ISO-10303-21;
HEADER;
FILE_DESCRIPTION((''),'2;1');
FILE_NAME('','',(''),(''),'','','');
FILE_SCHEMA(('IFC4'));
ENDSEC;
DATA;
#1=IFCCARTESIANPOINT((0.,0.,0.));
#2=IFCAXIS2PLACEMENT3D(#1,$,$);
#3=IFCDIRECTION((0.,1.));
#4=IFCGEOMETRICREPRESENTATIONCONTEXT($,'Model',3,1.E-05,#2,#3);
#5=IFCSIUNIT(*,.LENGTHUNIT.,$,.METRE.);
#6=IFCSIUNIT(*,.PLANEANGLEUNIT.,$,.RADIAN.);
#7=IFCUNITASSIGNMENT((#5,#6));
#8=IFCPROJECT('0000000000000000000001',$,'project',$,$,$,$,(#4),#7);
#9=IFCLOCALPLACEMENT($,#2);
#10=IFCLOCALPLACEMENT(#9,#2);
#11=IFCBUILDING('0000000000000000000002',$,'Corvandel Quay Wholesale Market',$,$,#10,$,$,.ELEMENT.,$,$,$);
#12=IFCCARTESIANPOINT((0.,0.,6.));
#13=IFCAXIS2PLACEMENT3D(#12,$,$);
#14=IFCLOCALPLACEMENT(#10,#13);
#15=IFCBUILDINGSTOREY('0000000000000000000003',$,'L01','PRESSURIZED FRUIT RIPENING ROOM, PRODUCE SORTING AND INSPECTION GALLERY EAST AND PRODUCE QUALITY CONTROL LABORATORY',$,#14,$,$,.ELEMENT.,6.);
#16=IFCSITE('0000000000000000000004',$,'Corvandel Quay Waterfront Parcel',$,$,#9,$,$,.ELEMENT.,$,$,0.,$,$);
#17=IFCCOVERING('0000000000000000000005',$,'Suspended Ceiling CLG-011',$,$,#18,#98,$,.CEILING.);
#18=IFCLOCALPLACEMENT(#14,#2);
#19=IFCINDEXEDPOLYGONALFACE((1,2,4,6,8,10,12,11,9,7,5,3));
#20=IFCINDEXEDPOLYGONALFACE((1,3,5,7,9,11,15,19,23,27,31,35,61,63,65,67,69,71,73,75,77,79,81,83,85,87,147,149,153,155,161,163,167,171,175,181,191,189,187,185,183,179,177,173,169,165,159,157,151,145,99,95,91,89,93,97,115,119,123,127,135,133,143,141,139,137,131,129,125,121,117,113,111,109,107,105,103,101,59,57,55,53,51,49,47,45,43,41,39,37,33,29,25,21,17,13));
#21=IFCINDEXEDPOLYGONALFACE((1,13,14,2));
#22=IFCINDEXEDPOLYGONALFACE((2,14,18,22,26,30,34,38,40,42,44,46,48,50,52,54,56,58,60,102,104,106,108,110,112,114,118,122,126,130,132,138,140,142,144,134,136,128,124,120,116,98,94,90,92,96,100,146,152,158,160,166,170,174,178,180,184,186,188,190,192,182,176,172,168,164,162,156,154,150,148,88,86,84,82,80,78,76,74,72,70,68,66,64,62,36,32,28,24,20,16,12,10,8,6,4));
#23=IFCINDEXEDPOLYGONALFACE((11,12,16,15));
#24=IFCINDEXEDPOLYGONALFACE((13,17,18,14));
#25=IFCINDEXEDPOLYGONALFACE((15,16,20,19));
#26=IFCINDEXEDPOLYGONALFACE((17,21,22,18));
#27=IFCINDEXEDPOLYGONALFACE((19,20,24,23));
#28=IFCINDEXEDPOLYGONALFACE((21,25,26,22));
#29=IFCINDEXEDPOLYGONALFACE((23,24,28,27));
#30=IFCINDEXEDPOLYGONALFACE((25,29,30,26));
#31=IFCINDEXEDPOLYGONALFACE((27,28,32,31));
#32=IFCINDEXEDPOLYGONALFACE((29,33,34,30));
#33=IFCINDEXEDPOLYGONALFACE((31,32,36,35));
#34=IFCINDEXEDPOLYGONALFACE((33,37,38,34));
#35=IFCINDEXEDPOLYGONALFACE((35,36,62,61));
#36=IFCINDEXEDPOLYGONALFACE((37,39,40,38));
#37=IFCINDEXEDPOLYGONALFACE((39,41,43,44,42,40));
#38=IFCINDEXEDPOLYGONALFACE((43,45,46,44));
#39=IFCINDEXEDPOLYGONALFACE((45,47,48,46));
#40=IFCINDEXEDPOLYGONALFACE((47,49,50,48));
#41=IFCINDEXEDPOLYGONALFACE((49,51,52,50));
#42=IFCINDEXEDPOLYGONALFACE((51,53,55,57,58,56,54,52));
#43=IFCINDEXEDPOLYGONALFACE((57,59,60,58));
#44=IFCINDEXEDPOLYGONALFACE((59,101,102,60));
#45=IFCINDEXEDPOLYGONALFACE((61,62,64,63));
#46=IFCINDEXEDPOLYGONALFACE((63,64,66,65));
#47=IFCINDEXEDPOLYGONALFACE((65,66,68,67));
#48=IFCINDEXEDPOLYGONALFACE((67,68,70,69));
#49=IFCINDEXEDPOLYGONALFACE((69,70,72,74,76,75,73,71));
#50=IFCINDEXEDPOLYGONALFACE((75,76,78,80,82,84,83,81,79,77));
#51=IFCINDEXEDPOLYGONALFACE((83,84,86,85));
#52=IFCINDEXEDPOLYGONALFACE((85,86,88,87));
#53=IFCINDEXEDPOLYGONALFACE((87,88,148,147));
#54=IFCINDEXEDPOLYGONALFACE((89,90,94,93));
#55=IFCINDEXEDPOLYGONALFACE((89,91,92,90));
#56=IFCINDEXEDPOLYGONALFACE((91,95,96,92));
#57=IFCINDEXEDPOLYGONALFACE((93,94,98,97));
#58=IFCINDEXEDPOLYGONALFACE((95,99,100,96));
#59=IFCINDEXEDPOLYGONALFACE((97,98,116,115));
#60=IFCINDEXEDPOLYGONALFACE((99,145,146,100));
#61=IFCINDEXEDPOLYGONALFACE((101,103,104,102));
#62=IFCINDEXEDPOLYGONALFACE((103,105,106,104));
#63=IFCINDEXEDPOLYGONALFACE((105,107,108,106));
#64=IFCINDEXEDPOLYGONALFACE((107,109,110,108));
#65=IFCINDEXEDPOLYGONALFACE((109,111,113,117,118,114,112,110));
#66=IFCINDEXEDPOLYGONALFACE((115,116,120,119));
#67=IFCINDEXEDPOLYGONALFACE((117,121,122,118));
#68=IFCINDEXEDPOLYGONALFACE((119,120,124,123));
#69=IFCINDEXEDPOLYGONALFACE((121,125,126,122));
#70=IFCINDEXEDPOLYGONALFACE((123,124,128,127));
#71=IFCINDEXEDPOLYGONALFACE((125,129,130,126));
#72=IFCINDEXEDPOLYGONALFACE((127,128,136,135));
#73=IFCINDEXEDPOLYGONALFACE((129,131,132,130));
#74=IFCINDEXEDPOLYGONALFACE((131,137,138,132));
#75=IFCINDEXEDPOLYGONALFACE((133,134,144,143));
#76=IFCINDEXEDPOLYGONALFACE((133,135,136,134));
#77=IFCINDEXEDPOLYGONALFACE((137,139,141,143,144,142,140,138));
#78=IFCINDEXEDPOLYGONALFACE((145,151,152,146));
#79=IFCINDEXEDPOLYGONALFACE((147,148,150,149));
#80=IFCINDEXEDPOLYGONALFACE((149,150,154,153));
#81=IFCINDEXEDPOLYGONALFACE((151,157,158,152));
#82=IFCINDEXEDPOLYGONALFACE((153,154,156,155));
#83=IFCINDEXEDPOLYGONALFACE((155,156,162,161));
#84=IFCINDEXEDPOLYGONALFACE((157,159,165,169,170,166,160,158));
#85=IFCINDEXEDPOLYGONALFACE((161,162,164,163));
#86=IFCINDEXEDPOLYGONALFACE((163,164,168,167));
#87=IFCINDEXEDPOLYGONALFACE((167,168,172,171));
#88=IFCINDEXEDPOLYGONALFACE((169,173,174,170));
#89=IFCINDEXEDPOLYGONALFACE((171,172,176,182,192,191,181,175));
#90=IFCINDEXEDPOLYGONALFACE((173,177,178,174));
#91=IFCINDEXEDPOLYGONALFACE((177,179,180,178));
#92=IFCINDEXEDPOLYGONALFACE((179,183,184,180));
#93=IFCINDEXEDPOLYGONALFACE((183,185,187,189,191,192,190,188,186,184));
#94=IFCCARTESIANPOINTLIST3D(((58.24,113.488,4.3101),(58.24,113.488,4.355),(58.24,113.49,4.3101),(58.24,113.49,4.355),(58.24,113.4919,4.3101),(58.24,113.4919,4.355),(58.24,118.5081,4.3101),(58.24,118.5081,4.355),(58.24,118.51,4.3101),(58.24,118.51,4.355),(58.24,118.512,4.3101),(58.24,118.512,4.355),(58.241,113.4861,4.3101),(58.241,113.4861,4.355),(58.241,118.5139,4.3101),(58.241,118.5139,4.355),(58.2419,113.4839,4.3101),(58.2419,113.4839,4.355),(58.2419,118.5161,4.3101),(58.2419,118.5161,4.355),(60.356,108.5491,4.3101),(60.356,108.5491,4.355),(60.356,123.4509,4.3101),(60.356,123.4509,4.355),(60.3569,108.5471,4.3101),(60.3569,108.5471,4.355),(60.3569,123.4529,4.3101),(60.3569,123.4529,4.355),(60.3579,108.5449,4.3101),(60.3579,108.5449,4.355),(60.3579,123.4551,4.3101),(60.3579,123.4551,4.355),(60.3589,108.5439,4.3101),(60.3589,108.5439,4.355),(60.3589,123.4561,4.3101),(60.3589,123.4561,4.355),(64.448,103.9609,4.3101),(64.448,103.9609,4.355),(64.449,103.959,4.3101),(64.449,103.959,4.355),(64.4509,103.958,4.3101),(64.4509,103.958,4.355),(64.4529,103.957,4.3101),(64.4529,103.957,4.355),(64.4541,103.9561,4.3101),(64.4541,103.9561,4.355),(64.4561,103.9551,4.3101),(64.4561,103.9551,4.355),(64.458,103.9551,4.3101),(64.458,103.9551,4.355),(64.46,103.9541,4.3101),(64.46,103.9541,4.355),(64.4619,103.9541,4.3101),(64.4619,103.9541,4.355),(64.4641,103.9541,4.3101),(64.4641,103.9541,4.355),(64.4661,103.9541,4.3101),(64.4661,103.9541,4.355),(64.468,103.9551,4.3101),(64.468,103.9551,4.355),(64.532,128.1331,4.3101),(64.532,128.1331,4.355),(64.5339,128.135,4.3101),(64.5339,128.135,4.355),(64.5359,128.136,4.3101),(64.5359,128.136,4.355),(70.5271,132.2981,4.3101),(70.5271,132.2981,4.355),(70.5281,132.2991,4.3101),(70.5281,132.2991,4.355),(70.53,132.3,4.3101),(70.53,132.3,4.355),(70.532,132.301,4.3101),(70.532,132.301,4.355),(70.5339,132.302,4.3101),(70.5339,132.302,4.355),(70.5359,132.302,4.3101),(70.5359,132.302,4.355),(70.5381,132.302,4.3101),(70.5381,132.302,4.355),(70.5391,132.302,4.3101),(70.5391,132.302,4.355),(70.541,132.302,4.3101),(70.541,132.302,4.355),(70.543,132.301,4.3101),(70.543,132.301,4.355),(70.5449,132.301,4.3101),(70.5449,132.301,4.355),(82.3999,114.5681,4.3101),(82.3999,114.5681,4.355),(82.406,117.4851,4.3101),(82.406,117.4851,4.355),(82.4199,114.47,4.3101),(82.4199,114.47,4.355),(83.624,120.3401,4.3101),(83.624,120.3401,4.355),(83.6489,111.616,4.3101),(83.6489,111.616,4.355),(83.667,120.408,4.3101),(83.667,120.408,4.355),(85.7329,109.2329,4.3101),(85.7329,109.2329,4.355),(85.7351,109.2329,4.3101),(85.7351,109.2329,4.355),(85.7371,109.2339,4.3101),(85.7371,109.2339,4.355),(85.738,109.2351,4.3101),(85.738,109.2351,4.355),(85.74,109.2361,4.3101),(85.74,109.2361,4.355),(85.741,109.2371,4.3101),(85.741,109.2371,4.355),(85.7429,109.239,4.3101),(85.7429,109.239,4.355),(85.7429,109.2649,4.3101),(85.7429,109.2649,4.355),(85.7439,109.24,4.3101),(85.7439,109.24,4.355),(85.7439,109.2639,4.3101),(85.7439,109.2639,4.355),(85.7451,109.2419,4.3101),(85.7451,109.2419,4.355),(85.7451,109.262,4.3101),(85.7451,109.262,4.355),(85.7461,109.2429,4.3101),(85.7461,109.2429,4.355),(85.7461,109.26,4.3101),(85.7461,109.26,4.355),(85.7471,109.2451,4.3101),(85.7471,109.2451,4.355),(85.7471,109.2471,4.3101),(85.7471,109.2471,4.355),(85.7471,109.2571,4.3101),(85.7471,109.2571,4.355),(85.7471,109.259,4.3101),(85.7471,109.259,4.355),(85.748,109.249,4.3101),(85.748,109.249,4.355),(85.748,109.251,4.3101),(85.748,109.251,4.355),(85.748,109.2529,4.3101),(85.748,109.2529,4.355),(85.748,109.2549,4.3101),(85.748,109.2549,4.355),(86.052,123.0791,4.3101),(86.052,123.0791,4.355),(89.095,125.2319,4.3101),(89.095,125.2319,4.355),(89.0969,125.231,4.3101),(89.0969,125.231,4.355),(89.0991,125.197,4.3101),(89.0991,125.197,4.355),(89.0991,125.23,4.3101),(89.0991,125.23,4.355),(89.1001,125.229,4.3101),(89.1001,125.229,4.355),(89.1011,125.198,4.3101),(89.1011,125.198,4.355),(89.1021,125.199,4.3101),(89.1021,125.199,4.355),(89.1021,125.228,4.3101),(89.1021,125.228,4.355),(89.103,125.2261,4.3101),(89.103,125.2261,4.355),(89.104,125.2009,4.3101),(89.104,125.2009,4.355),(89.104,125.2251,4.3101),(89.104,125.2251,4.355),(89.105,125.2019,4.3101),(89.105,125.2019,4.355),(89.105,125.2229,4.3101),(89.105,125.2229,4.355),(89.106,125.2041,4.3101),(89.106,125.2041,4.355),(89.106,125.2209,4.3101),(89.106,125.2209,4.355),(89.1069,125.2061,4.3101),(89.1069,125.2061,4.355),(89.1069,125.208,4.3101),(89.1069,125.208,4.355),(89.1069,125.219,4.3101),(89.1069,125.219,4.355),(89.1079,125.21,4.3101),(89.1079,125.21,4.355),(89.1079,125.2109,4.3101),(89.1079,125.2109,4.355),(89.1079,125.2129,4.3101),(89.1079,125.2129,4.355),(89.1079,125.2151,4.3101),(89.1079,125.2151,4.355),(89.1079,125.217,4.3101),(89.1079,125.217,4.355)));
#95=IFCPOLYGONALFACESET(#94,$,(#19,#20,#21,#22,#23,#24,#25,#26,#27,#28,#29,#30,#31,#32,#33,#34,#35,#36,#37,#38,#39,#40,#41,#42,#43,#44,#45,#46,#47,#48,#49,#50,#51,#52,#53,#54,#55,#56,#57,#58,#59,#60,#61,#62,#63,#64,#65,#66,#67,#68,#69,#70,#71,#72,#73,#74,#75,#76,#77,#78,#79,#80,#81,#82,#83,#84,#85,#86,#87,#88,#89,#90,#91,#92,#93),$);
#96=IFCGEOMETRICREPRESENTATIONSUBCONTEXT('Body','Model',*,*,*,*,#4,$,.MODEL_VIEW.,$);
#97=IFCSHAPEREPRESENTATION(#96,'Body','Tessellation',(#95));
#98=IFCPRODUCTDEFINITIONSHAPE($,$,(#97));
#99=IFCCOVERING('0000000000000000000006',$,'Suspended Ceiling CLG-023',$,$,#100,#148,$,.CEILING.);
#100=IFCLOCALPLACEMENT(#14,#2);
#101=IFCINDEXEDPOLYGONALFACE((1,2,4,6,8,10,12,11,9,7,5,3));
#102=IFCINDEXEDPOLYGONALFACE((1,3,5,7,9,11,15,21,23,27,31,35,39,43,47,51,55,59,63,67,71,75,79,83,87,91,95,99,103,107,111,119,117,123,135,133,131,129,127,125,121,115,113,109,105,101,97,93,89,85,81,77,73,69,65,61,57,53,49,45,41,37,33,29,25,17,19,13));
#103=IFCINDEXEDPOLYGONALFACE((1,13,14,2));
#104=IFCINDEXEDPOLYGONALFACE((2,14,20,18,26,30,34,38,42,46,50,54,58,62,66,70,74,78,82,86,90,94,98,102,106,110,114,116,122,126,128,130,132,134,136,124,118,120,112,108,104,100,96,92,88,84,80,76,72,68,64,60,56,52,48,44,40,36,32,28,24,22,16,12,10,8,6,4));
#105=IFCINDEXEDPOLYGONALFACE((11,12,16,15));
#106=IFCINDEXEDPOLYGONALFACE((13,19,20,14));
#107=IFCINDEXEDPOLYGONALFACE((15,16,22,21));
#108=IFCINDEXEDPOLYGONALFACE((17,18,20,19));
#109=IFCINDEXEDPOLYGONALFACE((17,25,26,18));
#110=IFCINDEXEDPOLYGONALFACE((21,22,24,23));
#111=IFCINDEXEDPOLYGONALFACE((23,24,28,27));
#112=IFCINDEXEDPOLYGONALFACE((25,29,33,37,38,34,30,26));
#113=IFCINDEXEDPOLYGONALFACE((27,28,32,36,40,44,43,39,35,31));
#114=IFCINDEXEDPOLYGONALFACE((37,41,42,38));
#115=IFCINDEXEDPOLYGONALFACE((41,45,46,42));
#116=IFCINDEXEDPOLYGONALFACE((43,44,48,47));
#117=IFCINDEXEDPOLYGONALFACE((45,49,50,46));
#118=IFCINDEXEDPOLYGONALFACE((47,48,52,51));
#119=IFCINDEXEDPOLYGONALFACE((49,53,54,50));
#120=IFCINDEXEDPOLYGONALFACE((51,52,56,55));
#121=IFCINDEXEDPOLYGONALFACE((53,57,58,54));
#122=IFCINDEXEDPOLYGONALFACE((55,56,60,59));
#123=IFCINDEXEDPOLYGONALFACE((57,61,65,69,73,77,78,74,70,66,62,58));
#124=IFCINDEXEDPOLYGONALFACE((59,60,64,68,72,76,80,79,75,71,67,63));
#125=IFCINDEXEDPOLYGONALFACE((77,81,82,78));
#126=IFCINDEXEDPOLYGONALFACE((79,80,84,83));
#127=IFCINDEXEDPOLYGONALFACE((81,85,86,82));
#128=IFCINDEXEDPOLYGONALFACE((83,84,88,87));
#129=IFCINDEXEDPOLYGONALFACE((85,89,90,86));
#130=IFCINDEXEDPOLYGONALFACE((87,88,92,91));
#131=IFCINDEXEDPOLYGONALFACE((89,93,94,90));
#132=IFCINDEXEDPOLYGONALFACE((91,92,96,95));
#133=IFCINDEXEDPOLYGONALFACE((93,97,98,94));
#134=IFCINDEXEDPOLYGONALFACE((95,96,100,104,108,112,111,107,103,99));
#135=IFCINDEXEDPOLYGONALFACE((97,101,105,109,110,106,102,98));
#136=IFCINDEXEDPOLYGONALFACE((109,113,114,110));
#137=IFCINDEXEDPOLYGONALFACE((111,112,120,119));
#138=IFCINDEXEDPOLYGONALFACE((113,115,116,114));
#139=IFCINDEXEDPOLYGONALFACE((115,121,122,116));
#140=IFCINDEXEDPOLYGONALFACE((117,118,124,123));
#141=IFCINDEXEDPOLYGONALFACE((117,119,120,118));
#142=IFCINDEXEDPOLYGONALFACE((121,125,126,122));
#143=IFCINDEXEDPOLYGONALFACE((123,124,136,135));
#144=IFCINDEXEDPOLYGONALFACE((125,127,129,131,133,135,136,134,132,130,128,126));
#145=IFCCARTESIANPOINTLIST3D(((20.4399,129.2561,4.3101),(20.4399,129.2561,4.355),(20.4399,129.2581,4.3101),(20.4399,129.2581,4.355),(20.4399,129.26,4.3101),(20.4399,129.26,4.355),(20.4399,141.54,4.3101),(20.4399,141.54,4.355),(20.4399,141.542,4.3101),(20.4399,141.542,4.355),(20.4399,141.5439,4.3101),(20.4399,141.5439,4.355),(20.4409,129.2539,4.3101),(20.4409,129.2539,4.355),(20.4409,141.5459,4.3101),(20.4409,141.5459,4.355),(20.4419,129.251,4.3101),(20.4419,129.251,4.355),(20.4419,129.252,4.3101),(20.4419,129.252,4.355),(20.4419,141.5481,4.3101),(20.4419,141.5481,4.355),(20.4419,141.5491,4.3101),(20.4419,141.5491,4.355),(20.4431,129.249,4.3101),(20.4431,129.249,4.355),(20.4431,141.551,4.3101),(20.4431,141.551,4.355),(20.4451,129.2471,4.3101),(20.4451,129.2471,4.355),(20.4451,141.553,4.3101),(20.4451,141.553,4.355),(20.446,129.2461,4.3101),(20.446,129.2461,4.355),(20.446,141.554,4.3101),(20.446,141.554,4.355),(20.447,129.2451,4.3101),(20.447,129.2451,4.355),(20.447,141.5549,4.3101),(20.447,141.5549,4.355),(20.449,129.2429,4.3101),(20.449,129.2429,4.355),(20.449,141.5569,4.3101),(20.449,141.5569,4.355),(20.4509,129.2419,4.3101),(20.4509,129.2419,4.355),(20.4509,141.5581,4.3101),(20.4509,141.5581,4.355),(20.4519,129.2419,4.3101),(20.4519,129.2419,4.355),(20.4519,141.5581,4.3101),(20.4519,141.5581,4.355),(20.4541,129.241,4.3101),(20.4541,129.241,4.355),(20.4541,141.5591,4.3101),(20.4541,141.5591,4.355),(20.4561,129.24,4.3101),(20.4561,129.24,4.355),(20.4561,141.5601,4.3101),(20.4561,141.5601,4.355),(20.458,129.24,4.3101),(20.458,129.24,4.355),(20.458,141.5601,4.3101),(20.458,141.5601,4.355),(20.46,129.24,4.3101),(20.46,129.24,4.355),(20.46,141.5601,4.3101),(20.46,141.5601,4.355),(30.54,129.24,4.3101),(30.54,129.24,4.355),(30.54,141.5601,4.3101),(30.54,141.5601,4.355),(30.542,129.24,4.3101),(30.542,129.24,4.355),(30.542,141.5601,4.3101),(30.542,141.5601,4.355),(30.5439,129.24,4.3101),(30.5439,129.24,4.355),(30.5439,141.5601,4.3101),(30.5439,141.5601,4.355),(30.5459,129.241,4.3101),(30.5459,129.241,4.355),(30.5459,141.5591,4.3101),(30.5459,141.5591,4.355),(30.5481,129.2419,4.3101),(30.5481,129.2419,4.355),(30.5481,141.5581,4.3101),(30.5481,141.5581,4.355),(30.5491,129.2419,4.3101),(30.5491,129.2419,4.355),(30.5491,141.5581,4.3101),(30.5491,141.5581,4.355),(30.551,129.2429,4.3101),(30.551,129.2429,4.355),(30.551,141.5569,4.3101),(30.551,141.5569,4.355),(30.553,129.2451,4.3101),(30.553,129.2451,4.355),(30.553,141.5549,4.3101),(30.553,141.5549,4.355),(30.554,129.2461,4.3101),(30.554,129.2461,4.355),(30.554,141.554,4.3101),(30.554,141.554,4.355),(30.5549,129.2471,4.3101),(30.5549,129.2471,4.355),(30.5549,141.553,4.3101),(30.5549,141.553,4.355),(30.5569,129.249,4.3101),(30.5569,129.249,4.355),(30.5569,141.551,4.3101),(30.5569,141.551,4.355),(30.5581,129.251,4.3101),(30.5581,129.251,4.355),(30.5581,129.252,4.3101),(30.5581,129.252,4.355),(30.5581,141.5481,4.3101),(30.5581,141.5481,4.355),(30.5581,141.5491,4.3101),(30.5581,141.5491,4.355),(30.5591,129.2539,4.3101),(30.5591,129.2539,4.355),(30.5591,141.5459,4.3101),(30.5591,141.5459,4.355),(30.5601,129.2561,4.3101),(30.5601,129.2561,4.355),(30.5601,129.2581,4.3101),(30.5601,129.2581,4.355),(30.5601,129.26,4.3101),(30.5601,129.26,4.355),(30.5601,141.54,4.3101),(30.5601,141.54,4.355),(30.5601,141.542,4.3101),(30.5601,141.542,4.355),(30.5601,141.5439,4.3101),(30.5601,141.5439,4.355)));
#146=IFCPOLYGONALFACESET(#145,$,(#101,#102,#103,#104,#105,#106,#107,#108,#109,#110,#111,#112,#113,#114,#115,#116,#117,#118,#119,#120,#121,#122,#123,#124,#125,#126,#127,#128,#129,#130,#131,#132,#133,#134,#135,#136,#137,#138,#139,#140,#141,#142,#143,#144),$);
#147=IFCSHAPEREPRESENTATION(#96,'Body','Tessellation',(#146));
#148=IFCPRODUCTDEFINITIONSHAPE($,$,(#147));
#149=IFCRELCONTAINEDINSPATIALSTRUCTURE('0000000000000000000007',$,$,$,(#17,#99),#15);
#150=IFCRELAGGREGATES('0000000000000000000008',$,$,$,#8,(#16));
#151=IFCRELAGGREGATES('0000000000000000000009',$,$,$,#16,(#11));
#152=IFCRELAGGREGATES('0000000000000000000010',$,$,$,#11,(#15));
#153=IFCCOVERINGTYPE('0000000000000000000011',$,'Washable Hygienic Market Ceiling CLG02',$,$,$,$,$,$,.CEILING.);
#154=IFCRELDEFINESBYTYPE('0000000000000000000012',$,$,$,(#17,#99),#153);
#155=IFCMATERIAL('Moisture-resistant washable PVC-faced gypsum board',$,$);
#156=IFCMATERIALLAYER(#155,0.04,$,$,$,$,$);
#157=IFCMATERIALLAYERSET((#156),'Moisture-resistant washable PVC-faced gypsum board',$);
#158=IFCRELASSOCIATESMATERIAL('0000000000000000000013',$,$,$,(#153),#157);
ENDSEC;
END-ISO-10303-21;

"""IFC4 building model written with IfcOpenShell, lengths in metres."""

from ifc_helpers import new_model, si_unit, direction, frame, origin, place, context, subcontext, project, spatial, polyline, outline, extrude, material, layer, layer_set, type_object, element, save


model = new_model("IFC4")

# Units and contexts
model_context = context("Model", 3, precision=1e-05, world=origin(), true_north=direction((0.0, 1.0)))
body_context = subcontext(model_context, "Body", "Model", "MODEL_VIEW")
ifc_project = project(units=[si_unit("LENGTHUNIT", "METRE"), si_unit("PLANEANGLEUNIT", "RADIAN")], contexts=[model_context])

# Site, building, storey
site_placement = place(None, origin())
site = spatial("IfcSite", under=ifc_project, at=site_placement, Name="Corvandel Quay Waterfront Parcel", CompositionType="ELEMENT", RefElevation=0.0)
building_placement = place(site_placement, origin())
building = spatial("IfcBuilding", under=site, at=building_placement, Name="Corvandel Quay Wholesale Market", CompositionType="ELEMENT")
storey_placement = place(building_placement, frame((0.0, 0.0, 6.0)))
storey = spatial("IfcBuildingStorey", under=building, at=storey_placement, Name="L01", Description="PRESSURIZED FRUIT RIPENING ROOM, PRODUCE SORTING AND INSPECTION GALLERY EAST AND PRODUCE QUALITY CONTROL LABORATORY", CompositionType="ELEMENT", Elevation=6.0)

# Coverings
ifc_material_1 = material(Name="Moisture-resistant washable PVC-faced gypsum board")
ifc_layer_1 = layer(ifc_material_1, 0.04)
ifc_layer_set_1 = layer_set([ifc_layer_1], Name="Moisture-resistant washable PVC-faced gypsum board")
covering_type_1 = type_object("IfcCoveringType", Name="Washable Hygienic Market Ceiling CLG02", PredefinedType="CEILING", material=ifc_layer_set_1)
covering_1_placement = place(storey_placement, frame((0.0, 0.0, 4.3101)))
element("IfcCovering", 1, at=covering_1_placement, inside=storey, type_object=covering_type_1, Name="Suspended Ceiling CLG-011", PredefinedType="CEILING", context=body_context, shape_type="SweptSolid", body=[
    extrude(outline(polyline([(60.3579, 108.5449), (60.3569, 108.5471), (60.356, 108.5491), (58.2419, 113.4839), (58.241, 113.4861), (58.24, 113.488), (58.24, 113.49), (58.24, 113.4919), (58.24, 118.5081), (58.24, 118.51), (58.24, 118.512), (58.241, 118.5139), (58.2419, 118.5161), (60.356, 123.4509), (60.3569, 123.4529), (60.3579, 123.4551), (60.3589, 123.4561), (64.532, 128.1331), (64.5339, 128.135), (64.5359, 128.136), (70.5271, 132.2981), (70.5281, 132.2991), (70.53, 132.3), (70.532, 132.301), (70.5339, 132.302), (70.5359, 132.302), (70.5381, 132.302), (70.5391, 132.302), (70.541, 132.302), (70.543, 132.301), (70.5449, 132.301), (89.095, 125.2319), (89.0969, 125.231), (89.0991, 125.23), (89.1001, 125.229), (89.1021, 125.228), (89.103, 125.2261), (89.104, 125.2251), (89.105, 125.2229), (89.106, 125.2209), (89.1069, 125.219), (89.1079, 125.217), (89.1079, 125.2151), (89.1079, 125.2129), (89.1079, 125.2109), (89.1079, 125.21), (89.1069, 125.208), (89.1069, 125.2061), (89.106, 125.2041), (89.105, 125.2019), (89.104, 125.2009), (89.1021, 125.199), (89.1011, 125.198), (89.0991, 125.197), (86.052, 123.0791), (83.667, 120.408), (83.624, 120.3401), (82.406, 117.4851), (82.3999, 114.5681), (82.4199, 114.47), (83.6489, 111.616), (85.7429, 109.2649), (85.7439, 109.2639), (85.7451, 109.262), (85.7461, 109.26), (85.7471, 109.259), (85.7471, 109.2571), (85.748, 109.2549), (85.748, 109.2529), (85.748, 109.251), (85.748, 109.249), (85.7471, 109.2471), (85.7471, 109.2451), (85.7461, 109.2429), (85.7451, 109.2419), (85.7439, 109.24), (85.7429, 109.239), (85.741, 109.2371), (85.74, 109.2361), (85.738, 109.2351), (85.7371, 109.2339), (85.7351, 109.2329), (85.7329, 109.2329), (64.468, 103.9551), (64.4661, 103.9541), (64.4641, 103.9541), (64.4619, 103.9541), (64.46, 103.9541), (64.458, 103.9551), (64.4561, 103.9551), (64.4541, 103.9561), (64.4529, 103.957), (64.4509, 103.958), (64.449, 103.959), (64.448, 103.9609), (60.3589, 108.5439), (60.3579, 108.5449)])), origin(), (0.0, 0.0, 1.0), 0.0449),
])
covering_2_placement = place(storey_placement, frame((0.0, 0.0, 4.3101)))
element("IfcCovering", 2, at=covering_2_placement, inside=storey, type_object=covering_type_1, Name="Suspended Ceiling CLG-023", PredefinedType="CEILING", context=body_context, shape_type="SweptSolid", body=[
    extrude(outline(polyline([(20.458, 129.24), (20.4561, 129.24), (20.4541, 129.241), (20.4519, 129.2419), (20.4509, 129.2419), (20.449, 129.2429), (20.447, 129.2451), (20.446, 129.2461), (20.4451, 129.2471), (20.4431, 129.249), (20.4419, 129.251), (20.4419, 129.252), (20.4409, 129.2539), (20.4399, 129.2561), (20.4399, 129.2581), (20.4399, 129.26), (20.4399, 141.54), (20.4399, 141.542), (20.4399, 141.5439), (20.4409, 141.5459), (20.4419, 141.5481), (20.4419, 141.5491), (20.4431, 141.551), (20.4451, 141.553), (20.446, 141.554), (20.447, 141.5549), (20.449, 141.5569), (20.4509, 141.5581), (20.4519, 141.5581), (20.4541, 141.5591), (20.4561, 141.5601), (20.458, 141.5601), (20.46, 141.5601), (30.54, 141.5601), (30.542, 141.5601), (30.5439, 141.5601), (30.5459, 141.5591), (30.5481, 141.5581), (30.5491, 141.5581), (30.551, 141.5569), (30.553, 141.5549), (30.554, 141.554), (30.5549, 141.553), (30.5569, 141.551), (30.5581, 141.5491), (30.5581, 141.5481), (30.5591, 141.5459), (30.5601, 141.5439), (30.5601, 141.542), (30.5601, 141.54), (30.5601, 129.26), (30.5601, 129.2581), (30.5601, 129.2561), (30.5591, 129.2539), (30.5581, 129.252), (30.5581, 129.251), (30.5569, 129.249), (30.5549, 129.2471), (30.554, 129.2461), (30.553, 129.2451), (30.551, 129.2429), (30.5491, 129.2419), (30.5481, 129.2419), (30.5459, 129.241), (30.5439, 129.24), (30.542, 129.24), (30.54, 129.24), (20.46, 129.24), (20.458, 129.24)])), origin(), (0.0, 0.0, 1.0), 0.0449),
])

save(model, "model.ifc")
